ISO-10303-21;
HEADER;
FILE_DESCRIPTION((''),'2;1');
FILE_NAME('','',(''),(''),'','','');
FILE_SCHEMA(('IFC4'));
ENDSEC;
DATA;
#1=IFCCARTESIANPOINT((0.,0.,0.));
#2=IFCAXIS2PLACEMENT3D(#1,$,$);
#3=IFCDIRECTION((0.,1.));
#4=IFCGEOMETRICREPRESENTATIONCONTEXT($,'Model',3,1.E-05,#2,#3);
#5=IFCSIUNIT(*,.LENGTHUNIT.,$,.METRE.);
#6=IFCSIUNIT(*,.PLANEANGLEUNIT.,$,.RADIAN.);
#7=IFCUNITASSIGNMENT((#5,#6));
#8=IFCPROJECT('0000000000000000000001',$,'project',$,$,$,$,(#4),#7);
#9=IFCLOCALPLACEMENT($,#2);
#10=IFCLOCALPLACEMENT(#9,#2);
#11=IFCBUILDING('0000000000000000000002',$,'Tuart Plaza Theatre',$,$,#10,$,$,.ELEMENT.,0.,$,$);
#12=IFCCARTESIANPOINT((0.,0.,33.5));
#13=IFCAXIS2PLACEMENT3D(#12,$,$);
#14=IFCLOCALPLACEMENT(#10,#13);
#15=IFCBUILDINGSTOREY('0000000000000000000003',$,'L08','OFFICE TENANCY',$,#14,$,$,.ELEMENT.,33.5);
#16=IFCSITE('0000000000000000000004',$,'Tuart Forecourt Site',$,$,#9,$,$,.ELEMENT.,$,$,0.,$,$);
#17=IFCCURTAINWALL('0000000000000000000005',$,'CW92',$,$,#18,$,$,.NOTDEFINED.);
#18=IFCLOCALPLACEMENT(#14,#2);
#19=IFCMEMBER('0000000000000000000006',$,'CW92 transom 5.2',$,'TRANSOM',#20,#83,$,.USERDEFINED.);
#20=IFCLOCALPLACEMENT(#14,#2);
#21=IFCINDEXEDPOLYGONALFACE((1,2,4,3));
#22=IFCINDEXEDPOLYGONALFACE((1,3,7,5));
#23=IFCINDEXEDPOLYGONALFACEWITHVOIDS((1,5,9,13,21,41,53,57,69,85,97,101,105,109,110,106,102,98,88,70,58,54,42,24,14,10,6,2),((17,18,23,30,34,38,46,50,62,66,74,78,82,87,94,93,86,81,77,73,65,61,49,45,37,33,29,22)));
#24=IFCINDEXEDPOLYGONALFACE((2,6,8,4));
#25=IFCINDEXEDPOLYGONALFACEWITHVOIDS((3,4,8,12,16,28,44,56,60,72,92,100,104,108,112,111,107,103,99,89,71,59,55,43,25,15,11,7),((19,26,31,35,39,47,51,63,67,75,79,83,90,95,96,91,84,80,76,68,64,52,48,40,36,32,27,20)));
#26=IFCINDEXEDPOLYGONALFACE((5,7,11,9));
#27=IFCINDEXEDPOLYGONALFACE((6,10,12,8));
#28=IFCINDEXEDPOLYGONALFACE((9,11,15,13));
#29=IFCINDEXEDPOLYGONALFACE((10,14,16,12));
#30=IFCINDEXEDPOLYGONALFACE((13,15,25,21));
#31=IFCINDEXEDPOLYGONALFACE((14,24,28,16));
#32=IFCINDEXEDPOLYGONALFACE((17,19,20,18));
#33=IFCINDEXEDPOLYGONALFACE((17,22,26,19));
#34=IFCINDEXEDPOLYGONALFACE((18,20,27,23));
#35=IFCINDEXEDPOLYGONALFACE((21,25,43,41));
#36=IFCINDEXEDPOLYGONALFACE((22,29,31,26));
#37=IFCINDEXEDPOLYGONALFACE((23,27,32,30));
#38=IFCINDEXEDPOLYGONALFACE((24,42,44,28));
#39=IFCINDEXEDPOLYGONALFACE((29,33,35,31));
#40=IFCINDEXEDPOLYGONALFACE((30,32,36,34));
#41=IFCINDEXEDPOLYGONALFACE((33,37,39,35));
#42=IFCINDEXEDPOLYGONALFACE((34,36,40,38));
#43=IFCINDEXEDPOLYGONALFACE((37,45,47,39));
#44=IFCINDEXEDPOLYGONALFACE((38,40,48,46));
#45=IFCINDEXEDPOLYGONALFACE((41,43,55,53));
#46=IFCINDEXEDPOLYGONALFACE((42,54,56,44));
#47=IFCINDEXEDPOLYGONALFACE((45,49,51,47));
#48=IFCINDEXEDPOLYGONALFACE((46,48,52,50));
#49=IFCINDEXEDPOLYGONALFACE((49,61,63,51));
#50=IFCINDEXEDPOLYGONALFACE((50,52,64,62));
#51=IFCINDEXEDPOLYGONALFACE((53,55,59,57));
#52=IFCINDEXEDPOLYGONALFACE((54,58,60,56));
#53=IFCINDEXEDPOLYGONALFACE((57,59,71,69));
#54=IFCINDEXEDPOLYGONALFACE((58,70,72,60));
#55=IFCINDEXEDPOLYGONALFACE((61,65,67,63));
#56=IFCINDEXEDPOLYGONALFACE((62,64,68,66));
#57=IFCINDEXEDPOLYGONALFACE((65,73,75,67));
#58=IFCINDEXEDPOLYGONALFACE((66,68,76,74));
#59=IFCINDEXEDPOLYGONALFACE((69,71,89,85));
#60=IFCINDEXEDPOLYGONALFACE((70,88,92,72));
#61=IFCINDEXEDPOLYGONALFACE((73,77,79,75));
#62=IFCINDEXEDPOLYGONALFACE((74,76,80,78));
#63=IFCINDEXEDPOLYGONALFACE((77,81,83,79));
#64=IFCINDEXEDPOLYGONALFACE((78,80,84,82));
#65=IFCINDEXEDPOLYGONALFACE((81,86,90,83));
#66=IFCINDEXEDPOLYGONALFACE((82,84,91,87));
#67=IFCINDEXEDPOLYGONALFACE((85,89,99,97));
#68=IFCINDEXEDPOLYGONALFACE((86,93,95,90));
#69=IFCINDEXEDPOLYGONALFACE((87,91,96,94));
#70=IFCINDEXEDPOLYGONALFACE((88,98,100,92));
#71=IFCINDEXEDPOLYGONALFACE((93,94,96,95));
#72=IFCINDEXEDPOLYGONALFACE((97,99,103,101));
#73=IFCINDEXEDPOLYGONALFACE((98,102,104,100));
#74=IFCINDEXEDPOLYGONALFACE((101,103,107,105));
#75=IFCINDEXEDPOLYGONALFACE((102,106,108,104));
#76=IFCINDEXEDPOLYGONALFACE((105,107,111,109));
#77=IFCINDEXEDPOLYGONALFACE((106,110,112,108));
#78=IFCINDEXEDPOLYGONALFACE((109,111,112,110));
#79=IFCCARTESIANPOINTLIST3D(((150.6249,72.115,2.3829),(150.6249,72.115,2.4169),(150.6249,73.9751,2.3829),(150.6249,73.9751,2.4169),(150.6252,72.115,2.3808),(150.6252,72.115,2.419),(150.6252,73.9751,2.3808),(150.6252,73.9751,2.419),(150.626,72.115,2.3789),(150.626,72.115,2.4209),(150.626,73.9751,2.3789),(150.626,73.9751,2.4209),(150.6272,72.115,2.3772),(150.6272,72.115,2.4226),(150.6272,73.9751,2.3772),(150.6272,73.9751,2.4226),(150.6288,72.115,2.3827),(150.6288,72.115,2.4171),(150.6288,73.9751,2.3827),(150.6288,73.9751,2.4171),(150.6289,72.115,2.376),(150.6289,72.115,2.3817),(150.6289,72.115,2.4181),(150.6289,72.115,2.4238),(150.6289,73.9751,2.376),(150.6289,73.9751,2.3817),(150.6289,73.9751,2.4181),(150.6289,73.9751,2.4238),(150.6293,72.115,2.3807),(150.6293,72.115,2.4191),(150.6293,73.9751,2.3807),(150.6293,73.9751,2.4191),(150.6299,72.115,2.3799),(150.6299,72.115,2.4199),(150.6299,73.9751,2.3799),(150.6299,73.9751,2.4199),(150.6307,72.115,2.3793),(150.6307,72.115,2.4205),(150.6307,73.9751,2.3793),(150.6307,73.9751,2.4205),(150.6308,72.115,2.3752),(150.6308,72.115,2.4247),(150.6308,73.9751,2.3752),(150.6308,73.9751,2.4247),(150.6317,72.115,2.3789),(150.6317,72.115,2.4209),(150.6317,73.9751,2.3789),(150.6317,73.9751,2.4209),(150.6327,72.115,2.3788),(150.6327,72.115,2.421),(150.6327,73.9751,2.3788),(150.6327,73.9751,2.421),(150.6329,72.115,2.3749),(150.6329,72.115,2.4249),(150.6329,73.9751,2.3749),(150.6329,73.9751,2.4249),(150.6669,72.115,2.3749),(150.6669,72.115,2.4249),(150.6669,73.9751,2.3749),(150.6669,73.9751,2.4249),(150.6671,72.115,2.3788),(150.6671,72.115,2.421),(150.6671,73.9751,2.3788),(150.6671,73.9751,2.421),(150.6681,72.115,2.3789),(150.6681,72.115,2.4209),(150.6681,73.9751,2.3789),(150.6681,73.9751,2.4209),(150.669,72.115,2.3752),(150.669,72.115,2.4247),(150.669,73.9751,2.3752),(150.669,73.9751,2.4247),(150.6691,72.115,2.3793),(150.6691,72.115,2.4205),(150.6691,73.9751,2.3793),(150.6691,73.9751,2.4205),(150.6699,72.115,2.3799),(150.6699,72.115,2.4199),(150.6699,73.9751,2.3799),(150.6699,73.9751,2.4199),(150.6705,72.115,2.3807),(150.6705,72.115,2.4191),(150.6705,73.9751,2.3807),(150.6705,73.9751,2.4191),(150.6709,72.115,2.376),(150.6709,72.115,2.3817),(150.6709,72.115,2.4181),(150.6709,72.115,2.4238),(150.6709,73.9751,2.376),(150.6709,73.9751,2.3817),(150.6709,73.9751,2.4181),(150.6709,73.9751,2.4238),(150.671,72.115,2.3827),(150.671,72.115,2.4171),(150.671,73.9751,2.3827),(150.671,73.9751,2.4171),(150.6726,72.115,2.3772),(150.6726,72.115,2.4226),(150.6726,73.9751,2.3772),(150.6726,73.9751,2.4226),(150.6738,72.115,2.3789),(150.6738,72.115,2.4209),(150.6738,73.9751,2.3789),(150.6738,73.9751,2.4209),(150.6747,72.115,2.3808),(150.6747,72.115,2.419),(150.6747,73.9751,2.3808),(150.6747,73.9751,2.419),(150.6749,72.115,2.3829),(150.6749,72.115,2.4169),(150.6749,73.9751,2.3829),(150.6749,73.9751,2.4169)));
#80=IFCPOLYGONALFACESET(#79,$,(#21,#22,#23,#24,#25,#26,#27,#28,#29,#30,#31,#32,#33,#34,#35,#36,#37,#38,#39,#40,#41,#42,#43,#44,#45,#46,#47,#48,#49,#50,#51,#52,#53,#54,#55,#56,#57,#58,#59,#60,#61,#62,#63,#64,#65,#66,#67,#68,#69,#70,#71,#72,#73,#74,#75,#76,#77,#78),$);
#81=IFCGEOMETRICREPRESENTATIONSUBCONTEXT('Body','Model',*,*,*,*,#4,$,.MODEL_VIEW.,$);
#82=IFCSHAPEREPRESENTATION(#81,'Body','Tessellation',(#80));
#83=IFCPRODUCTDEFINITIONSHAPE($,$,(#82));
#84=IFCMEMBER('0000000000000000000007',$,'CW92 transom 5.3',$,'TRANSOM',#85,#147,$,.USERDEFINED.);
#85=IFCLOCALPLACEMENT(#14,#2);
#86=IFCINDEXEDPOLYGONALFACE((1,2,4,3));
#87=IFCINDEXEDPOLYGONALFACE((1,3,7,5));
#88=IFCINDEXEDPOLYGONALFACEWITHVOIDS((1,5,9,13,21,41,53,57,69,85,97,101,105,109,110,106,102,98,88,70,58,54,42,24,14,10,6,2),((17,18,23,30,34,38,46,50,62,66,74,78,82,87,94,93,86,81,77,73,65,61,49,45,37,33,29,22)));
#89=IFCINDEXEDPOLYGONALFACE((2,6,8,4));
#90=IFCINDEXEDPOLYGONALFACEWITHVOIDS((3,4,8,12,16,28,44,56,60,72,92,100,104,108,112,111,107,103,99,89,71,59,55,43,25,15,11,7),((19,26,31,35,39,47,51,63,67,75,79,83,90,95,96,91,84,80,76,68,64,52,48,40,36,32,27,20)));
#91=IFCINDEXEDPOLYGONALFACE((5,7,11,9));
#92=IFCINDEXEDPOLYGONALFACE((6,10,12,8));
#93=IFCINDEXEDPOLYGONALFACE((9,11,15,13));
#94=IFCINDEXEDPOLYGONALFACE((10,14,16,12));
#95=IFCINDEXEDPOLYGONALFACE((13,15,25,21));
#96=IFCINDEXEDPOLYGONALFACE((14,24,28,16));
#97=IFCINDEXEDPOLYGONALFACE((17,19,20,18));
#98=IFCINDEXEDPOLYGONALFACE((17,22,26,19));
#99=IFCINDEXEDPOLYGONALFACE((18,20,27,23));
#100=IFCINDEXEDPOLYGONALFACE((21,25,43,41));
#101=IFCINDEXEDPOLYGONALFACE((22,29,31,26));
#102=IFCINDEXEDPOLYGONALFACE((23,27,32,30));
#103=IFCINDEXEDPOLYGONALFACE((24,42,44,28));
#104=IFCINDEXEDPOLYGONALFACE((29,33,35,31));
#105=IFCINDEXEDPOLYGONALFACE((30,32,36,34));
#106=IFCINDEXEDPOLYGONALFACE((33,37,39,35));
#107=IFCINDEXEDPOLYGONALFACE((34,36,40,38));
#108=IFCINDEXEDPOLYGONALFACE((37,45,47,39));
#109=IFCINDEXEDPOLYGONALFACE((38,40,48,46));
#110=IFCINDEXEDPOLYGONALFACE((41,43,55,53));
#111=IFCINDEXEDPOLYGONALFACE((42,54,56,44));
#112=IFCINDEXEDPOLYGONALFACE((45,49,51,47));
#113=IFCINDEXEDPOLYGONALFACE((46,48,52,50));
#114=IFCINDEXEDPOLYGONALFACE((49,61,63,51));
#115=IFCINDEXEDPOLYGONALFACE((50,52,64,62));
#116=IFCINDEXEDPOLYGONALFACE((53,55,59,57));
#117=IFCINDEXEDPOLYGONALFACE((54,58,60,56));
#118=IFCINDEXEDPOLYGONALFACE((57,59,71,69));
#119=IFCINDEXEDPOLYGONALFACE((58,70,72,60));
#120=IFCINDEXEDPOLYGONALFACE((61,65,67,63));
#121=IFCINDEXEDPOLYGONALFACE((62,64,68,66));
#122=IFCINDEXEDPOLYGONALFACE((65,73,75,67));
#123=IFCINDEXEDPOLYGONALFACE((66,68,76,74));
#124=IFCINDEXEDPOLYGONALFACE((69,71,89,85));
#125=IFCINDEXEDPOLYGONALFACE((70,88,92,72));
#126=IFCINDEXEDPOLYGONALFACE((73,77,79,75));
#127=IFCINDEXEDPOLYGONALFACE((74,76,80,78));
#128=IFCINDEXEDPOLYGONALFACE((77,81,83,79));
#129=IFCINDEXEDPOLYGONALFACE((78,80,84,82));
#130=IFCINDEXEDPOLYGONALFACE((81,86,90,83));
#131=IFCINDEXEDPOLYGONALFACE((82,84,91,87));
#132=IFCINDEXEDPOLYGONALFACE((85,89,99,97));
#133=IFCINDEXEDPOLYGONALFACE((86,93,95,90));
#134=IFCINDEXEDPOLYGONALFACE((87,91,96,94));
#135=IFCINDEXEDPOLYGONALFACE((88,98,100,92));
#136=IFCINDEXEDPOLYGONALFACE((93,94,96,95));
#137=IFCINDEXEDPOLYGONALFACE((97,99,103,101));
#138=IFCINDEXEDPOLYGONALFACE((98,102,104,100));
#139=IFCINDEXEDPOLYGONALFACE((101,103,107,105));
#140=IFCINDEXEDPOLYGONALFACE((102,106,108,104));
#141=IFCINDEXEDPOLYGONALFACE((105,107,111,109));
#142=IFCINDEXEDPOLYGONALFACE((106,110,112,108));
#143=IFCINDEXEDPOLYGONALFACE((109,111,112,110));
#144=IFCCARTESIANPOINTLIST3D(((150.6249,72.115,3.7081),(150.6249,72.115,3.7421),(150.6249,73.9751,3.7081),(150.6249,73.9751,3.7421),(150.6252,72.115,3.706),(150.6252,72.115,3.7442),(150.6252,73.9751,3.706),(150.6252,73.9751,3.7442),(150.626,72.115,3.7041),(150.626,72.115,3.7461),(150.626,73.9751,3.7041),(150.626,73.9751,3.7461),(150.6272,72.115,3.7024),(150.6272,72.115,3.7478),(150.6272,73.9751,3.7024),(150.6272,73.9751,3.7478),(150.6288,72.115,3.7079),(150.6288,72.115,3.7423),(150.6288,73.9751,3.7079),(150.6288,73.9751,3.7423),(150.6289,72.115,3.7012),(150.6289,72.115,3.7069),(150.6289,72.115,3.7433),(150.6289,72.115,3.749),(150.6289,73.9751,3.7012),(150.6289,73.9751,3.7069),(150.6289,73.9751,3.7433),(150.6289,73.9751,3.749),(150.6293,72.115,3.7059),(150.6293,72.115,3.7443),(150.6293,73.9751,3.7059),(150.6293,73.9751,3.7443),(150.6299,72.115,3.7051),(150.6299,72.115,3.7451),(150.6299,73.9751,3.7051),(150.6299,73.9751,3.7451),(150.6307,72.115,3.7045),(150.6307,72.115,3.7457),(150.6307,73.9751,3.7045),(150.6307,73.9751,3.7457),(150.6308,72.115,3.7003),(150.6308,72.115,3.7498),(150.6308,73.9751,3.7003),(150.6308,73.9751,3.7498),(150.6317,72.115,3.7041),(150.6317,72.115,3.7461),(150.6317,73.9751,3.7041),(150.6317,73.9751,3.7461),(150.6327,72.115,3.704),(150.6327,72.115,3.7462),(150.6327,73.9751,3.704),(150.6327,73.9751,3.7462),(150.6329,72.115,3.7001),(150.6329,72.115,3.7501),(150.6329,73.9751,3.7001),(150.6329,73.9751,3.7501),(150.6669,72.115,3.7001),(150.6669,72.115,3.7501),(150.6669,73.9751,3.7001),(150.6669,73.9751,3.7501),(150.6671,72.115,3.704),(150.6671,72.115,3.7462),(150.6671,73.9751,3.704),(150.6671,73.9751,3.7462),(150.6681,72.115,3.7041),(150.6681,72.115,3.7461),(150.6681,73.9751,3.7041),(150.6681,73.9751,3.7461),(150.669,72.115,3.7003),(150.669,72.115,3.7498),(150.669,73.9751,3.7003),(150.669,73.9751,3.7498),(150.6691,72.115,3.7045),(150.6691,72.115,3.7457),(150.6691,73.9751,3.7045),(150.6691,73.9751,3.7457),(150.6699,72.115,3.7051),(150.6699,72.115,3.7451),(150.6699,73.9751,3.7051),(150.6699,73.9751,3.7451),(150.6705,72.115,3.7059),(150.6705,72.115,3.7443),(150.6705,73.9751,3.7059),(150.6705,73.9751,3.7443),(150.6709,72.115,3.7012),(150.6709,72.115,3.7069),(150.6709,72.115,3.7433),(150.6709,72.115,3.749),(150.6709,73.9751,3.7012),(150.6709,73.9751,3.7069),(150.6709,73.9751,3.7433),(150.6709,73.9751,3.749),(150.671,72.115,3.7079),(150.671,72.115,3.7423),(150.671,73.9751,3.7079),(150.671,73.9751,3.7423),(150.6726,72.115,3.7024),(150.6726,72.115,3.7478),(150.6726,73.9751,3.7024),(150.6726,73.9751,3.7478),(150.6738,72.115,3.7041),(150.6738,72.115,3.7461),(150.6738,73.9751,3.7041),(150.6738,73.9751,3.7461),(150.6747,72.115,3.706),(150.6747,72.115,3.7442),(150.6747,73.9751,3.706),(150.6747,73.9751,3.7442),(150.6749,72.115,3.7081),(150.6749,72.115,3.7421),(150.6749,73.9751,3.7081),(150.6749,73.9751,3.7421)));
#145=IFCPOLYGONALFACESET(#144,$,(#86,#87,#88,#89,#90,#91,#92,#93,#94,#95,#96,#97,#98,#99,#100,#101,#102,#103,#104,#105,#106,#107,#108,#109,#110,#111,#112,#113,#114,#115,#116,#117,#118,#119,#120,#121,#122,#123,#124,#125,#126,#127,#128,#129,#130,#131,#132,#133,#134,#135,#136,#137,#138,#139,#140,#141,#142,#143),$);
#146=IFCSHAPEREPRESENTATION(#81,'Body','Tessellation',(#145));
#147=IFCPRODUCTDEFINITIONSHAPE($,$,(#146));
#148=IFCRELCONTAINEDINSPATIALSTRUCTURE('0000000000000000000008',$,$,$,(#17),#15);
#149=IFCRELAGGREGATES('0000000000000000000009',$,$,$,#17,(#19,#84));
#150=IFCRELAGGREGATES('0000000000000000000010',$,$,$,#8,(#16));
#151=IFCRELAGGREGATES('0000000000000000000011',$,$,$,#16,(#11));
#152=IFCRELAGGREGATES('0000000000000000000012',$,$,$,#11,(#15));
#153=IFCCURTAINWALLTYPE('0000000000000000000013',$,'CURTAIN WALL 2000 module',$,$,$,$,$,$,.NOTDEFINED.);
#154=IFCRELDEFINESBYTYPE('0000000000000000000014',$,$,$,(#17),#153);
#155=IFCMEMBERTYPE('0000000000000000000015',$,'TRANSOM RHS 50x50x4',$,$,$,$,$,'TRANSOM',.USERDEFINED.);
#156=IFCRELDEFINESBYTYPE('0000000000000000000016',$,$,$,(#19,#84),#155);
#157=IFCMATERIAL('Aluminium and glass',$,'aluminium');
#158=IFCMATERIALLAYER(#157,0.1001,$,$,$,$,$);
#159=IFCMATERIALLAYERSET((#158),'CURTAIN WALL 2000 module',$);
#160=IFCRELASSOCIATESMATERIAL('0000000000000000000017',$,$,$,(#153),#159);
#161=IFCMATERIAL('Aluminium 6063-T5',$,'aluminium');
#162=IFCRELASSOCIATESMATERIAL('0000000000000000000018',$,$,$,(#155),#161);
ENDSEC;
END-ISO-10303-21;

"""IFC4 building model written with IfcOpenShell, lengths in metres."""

from ifc_helpers import new_model, si_unit, direction, frame, origin, origin_2d, place, context, subcontext, project, spatial, hollow_rectangle, extrude, material, layer, layer_set, material_profile, profile_set, type_object, element, aggregate, save


model = new_model("IFC4")

# Units and contexts
model_context = context("Model", 3, precision=1e-05, world=origin(), true_north=direction((0.0, 1.0)))
body_context = subcontext(model_context, "Body", "Model", "MODEL_VIEW")
ifc_project = project(units=[si_unit("LENGTHUNIT", "METRE"), si_unit("PLANEANGLEUNIT", "RADIAN")], contexts=[model_context])

# Site, building, storey
site_placement = place(None, origin())
site = spatial("IfcSite", under=ifc_project, at=site_placement, Name="Tuart Forecourt Site", CompositionType="ELEMENT", RefElevation=0.0)
building_placement = place(site_placement, origin())
building = spatial("IfcBuilding", under=site, at=building_placement, Name="Tuart Plaza Theatre", CompositionType="ELEMENT", ElevationOfRefHeight=0.0)
storey_placement = place(building_placement, frame((0.0, 0.0, 33.5)))
storey = spatial("IfcBuildingStorey", under=building, at=storey_placement, Name="L08", Description="OFFICE TENANCY", CompositionType="ELEMENT", Elevation=33.5)

# Curtain wall, members
ifc_material_1 = material(Name="Aluminium and glass", Category="aluminium")
ifc_layer_1 = layer(ifc_material_1, 0.1001)
ifc_layer_set_1 = layer_set([ifc_layer_1], Name="CURTAIN WALL 2000 module")
curtain_wall_type = type_object("IfcCurtainWallType", Name="CURTAIN WALL 2000 module", PredefinedType="NOTDEFINED", material=ifc_layer_set_1)
curtain_wall_placement = place(storey_placement, origin())
curtain_wall = element("IfcCurtainWall", 1, at=curtain_wall_placement, inside=storey, type_object=curtain_wall_type, Name="CW92", PredefinedType="NOTDEFINED")
ifc_material_2 = material(Name="Aluminium 6063-T5", Category="aluminium")
ifc_material_profile_1 = material_profile(ifc_material_2, hollow_rectangle(XDim=0.05, YDim=0.05, WallThickness=0.0039, InnerFilletRadius=0.0039, OuterFilletRadius=0.0081, at=origin_2d()), Name="RHS 50x50x4")
ifc_profile_set_1 = profile_set([ifc_material_profile_1], Name="Aluminium 6063-T5")
member_type_1 = type_object("IfcMemberType", Name="TRANSOM RHS 50x50x4", ElementType="TRANSOM", PredefinedType="USERDEFINED", material=ifc_profile_set_1)
member_1_placement = place(storey_placement, frame((150.6499, 72.115, 2.3999), z_axis=(0.0, 1.0, 0.0), x_axis=(-1.0, 0.0, 0.0)))
member_1 = element("IfcMember", 2, at=member_1_placement, type_object=member_type_1, Name="CW92 transom 5.2", ObjectType="TRANSOM", PredefinedType="USERDEFINED", context=body_context, shape_type="SweptSolid", body=[
    extrude(hollow_rectangle(XDim=0.05, YDim=0.05, WallThickness=0.0039, InnerFilletRadius=0.0039, OuterFilletRadius=0.0081, at=origin_2d()), origin(), (0.0, 0.0, 1.0), 1.8601),
])
member_2_placement = place(storey_placement, frame((150.6499, 72.115, 3.7251), z_axis=(0.0, 1.0, 0.0), x_axis=(-1.0, 0.0, 0.0)))
member_2 = element("IfcMember", 3, at=member_2_placement, type_object=member_type_1, Name="CW92 transom 5.3", ObjectType="TRANSOM", PredefinedType="USERDEFINED", context=body_context, shape_type="SweptSolid", body=[
    extrude(hollow_rectangle(XDim=0.05, YDim=0.05, WallThickness=0.0039, InnerFilletRadius=0.0039, OuterFilletRadius=0.0081, at=origin_2d()), origin(), (0.0, 0.0, 1.0), 1.8601),
])
aggregate(curtain_wall, [member_1, member_2])

save(model, "model.ifc")
